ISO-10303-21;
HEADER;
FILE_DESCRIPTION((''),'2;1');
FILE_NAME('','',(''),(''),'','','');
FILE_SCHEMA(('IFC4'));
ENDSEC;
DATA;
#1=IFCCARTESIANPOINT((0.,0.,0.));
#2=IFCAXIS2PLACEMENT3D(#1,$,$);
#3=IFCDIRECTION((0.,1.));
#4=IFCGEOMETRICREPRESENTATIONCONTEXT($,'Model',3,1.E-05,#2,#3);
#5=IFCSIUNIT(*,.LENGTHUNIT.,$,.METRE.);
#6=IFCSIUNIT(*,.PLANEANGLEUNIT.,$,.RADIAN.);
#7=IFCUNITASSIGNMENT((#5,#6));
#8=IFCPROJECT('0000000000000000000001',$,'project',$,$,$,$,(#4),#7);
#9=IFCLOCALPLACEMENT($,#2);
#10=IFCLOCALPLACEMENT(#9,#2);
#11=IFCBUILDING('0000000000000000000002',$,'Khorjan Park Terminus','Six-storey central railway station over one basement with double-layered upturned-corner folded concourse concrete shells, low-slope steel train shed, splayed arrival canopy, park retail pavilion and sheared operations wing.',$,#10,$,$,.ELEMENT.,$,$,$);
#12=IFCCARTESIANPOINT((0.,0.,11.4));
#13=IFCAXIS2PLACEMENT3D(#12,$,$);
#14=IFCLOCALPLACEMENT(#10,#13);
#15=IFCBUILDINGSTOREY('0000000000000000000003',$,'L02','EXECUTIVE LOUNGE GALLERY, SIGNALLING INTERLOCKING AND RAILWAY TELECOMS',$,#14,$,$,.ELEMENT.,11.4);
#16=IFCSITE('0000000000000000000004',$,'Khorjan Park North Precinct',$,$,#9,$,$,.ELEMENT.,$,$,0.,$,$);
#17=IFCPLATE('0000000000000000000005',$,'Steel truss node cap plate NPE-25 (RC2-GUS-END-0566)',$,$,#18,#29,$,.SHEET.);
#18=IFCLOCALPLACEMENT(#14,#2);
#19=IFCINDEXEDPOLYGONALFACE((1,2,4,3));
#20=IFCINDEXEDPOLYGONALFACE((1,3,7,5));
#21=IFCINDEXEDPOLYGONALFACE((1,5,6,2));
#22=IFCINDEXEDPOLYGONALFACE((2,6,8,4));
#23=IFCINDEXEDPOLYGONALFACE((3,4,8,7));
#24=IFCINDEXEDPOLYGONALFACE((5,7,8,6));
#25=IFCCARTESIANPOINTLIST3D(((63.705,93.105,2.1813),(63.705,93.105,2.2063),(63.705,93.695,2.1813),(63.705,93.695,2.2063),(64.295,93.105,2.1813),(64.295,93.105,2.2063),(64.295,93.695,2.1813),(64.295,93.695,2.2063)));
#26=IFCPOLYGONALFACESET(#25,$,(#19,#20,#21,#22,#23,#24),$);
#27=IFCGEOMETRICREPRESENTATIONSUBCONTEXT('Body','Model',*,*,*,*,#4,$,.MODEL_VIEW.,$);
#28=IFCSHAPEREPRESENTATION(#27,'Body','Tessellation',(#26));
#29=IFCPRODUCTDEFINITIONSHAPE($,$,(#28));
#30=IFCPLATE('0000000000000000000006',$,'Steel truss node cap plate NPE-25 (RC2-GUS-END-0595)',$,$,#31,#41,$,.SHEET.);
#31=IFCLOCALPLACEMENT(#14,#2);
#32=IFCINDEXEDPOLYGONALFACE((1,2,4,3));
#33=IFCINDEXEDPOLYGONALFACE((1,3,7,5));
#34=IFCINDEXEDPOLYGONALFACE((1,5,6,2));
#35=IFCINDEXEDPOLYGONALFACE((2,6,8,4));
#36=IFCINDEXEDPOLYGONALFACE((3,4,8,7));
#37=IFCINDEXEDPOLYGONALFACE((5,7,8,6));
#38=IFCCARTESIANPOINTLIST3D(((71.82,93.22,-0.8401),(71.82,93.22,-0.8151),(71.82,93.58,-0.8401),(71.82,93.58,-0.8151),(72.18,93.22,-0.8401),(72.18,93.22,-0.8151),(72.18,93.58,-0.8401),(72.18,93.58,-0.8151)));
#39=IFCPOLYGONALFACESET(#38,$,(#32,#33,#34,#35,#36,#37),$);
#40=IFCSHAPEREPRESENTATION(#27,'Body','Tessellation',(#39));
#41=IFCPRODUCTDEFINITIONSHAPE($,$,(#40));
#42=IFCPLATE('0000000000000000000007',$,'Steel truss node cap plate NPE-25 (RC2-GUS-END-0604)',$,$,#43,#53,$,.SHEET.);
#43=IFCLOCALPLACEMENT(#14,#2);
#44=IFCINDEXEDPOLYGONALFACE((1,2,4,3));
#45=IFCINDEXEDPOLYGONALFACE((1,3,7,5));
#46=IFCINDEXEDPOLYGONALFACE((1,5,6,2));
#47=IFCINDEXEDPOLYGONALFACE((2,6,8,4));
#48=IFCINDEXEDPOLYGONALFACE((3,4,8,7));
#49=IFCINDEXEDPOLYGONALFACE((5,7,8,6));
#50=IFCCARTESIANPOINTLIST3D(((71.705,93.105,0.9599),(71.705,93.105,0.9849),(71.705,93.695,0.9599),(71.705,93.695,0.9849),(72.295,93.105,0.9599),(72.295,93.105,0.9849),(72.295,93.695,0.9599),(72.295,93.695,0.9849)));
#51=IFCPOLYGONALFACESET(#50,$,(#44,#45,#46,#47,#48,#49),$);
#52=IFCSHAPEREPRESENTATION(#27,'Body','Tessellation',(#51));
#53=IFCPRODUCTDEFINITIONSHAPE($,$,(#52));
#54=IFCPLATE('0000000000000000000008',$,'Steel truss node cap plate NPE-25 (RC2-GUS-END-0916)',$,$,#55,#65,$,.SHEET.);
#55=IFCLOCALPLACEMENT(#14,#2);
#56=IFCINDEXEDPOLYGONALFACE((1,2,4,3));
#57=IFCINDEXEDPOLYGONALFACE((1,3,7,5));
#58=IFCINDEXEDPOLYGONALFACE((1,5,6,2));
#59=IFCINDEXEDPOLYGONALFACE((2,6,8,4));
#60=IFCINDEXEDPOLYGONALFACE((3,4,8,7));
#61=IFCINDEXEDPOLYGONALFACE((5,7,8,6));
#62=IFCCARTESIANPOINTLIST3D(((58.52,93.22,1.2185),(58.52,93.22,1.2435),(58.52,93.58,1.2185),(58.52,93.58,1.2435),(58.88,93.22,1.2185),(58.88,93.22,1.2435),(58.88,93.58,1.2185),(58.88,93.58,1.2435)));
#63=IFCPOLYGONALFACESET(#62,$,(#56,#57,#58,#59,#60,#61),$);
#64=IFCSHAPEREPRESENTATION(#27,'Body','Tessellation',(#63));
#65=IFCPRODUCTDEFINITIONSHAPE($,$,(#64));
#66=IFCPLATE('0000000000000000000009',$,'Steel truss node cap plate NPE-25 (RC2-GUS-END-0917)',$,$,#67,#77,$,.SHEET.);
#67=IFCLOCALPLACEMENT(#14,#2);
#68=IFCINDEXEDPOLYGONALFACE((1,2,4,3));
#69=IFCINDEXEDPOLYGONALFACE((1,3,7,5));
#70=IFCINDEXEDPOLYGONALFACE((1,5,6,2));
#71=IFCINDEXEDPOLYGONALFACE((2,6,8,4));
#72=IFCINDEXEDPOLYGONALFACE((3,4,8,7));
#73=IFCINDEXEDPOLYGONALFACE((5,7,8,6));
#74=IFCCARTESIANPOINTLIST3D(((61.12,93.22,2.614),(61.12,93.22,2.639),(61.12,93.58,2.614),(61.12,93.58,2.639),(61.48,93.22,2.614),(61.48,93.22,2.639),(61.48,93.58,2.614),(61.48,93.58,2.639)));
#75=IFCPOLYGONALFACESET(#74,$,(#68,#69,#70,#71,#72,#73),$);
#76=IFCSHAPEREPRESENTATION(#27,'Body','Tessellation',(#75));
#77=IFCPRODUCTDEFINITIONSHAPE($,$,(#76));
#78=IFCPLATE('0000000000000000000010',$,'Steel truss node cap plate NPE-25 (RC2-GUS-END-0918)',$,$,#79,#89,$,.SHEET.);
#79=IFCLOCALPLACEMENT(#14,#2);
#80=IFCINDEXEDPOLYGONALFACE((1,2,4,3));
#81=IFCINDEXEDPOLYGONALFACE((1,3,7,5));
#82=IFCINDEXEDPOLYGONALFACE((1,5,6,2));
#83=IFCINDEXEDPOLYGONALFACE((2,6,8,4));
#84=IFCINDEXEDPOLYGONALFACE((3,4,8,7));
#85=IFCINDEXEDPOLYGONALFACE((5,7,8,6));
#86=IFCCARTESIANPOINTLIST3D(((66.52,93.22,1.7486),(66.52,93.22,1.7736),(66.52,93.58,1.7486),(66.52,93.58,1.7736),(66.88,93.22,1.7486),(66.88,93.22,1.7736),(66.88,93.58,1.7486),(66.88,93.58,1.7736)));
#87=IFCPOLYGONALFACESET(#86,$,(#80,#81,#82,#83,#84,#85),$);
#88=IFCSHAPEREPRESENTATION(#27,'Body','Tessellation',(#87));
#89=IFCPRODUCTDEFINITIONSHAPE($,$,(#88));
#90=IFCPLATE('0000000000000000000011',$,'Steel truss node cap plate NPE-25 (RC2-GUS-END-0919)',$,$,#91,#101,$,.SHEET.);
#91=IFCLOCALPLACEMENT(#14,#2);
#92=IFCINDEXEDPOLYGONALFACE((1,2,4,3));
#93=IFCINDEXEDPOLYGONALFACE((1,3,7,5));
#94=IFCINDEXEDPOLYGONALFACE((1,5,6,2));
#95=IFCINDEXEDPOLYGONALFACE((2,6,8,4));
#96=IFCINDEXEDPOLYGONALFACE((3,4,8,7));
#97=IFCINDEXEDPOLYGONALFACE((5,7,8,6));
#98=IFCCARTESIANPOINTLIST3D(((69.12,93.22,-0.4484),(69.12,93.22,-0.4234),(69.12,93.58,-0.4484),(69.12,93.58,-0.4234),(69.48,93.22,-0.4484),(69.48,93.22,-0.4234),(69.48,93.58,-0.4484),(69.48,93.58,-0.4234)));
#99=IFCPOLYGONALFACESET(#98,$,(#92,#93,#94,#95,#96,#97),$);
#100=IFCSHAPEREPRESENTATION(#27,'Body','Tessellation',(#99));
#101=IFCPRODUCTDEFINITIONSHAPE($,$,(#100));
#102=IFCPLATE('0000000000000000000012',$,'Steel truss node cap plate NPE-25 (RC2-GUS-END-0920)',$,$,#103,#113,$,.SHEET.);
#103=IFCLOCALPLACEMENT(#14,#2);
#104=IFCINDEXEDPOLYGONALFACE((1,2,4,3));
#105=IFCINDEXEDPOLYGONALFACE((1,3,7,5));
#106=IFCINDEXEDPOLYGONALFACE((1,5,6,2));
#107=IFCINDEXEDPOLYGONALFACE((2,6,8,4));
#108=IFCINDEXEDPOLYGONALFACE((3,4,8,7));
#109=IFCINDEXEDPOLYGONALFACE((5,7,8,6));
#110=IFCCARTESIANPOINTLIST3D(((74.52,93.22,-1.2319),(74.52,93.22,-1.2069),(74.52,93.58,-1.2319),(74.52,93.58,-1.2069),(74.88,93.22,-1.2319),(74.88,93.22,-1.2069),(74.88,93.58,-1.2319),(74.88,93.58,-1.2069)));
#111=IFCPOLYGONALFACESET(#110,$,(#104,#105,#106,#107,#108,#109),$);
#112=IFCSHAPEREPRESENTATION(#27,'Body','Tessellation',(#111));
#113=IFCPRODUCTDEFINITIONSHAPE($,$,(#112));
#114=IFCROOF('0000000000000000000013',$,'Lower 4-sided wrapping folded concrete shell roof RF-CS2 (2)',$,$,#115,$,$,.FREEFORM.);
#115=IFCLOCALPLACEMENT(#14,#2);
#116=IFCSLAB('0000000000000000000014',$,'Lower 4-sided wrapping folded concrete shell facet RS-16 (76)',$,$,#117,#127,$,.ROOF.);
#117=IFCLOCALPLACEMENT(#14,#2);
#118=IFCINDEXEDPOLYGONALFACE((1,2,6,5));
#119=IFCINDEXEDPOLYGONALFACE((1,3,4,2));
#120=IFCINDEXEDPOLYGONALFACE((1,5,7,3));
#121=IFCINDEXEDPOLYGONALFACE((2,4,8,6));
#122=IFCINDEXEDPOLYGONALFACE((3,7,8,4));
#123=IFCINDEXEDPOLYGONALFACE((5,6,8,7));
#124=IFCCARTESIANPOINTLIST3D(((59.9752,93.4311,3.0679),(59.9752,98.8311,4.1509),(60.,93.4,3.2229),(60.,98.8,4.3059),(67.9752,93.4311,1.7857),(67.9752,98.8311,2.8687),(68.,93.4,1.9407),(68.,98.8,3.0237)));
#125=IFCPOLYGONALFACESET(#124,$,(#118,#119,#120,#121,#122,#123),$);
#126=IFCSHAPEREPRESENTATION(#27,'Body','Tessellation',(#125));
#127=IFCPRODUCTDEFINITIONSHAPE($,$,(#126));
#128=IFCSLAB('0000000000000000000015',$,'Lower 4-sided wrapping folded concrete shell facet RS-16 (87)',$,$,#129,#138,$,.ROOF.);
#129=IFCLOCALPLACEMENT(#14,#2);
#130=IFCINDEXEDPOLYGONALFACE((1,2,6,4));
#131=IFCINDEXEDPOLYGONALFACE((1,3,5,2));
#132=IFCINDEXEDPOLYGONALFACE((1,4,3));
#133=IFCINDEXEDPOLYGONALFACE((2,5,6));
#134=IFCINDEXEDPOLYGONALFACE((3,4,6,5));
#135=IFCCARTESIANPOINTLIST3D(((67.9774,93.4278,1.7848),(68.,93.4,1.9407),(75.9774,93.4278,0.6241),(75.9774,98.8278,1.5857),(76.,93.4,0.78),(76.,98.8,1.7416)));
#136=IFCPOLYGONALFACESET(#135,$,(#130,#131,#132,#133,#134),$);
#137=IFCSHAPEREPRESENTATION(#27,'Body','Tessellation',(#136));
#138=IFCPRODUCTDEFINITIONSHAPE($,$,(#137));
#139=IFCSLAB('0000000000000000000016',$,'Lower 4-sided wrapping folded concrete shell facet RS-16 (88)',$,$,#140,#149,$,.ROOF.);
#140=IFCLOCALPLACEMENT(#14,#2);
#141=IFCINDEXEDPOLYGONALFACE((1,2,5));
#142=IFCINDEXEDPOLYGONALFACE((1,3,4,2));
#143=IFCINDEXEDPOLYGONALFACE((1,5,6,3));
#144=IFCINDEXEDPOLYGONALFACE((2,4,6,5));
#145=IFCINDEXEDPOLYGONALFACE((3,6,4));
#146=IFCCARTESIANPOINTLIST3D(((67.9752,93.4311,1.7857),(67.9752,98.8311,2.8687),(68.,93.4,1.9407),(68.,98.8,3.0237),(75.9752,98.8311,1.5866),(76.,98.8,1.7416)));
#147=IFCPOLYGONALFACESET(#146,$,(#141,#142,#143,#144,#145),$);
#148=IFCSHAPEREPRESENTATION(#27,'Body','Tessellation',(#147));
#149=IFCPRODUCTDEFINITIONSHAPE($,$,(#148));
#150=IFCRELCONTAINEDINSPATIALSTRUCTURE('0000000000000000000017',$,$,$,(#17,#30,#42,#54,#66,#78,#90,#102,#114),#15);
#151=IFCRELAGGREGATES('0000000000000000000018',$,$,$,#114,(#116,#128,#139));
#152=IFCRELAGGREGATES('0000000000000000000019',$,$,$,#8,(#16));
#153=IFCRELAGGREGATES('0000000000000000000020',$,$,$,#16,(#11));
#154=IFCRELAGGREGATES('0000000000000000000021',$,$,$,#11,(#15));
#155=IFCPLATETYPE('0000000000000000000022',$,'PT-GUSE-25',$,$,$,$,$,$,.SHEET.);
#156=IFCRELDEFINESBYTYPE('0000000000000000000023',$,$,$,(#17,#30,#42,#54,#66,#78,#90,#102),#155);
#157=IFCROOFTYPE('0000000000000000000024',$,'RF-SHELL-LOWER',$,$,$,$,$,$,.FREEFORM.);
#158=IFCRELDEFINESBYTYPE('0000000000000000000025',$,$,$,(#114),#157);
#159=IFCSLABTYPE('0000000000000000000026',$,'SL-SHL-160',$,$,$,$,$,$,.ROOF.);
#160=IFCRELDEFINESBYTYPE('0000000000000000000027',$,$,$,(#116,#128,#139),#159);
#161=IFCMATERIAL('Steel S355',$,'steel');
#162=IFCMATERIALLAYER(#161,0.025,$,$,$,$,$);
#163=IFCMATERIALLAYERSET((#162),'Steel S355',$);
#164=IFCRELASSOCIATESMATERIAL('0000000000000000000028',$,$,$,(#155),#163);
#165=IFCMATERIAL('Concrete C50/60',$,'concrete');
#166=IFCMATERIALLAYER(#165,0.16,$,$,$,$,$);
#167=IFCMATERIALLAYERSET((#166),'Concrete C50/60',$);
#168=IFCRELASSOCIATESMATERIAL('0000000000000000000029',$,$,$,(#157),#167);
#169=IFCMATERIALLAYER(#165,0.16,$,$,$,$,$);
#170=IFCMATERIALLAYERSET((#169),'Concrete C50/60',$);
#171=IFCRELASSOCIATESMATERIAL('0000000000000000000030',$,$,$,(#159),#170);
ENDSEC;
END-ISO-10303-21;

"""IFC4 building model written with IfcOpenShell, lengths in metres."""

from ifc_helpers import new_model, si_unit, direction, frame, origin, origin_2d, place, context, subcontext, project, spatial, polyline, rectangle, outline, extrude, material, layer, layer_set, type_object, element, aggregate, save


model = new_model("IFC4")

# Units and contexts
model_context = context("Model", 3, precision=1e-05, world=origin(), true_north=direction((0.0, 1.0)))
body_context = subcontext(model_context, "Body", "Model", "MODEL_VIEW")
ifc_project = project(units=[si_unit("LENGTHUNIT", "METRE"), si_unit("PLANEANGLEUNIT", "RADIAN")], contexts=[model_context])

# Site, building, storey
site_placement = place(None, origin())
site = spatial("IfcSite", under=ifc_project, at=site_placement, Name="Khorjan Park North Precinct", CompositionType="ELEMENT", RefElevation=0.0)
building_placement = place(site_placement, origin())
building = spatial("IfcBuilding", under=site, at=building_placement, Name="Khorjan Park Terminus", Description="Six-storey central railway station over one basement with double-layered upturned-corner folded concourse concrete shells, low-slope steel train shed, splayed arrival canopy, park retail pavilion and sheared operations wing.", CompositionType="ELEMENT")
storey_placement = place(building_placement, frame((0.0, 0.0, 11.4)))
storey = spatial("IfcBuildingStorey", under=building, at=storey_placement, Name="L02", Description="EXECUTIVE LOUNGE GALLERY, SIGNALLING INTERLOCKING AND RAILWAY TELECOMS", CompositionType="ELEMENT", Elevation=11.4)

# Shared definitions
ifc_material_1 = material(Name="Steel S355", Category="steel")

# Plates
ifc_layer_1 = layer(ifc_material_1, 0.025)
ifc_layer_set_1 = layer_set([ifc_layer_1], Name="Steel S355")
plate_type = type_object("IfcPlateType", Name="PT-GUSE-25", PredefinedType="SHEET", material=ifc_layer_set_1)
plate_1_placement = place(storey_placement, frame((64.0, 93.4, 2.1813), z_axis=(0.0, 0.0, 1.0), x_axis=(1.0, 0.0, 0.0)))
element("IfcPlate", 1, at=plate_1_placement, inside=storey, type_object=plate_type, Name="Steel truss node cap plate NPE-25 (RC2-GUS-END-0566)", PredefinedType="SHEET", context=body_context, shape_type="SweptSolid", body=[
    extrude(rectangle(XDim=0.59, YDim=0.59, at=origin_2d()), origin(), (0.0, 0.0, 1.0), 0.025),
])
plate_2_placement = place(storey_placement, frame((72.0, 93.4, -0.8401), z_axis=(0.0, 0.0, 1.0), x_axis=(1.0, 0.0, 0.0)))
element("IfcPlate", 2, at=plate_2_placement, inside=storey, type_object=plate_type, Name="Steel truss node cap plate NPE-25 (RC2-GUS-END-0595)", PredefinedType="SHEET", context=body_context, shape_type="SweptSolid", body=[
    extrude(rectangle(XDim=0.36, YDim=0.36, at=origin_2d()), origin(), (0.0, 0.0, 1.0), 0.025),
])
plate_3_placement = place(storey_placement, frame((72.0, 93.4, 0.9599), z_axis=(0.0, 0.0, 1.0), x_axis=(1.0, 0.0, 0.0)))
element("IfcPlate", 3, at=plate_3_placement, inside=storey, type_object=plate_type, Name="Steel truss node cap plate NPE-25 (RC2-GUS-END-0604)", PredefinedType="SHEET", context=body_context, shape_type="SweptSolid", body=[
    extrude(rectangle(XDim=0.59, YDim=0.59, at=origin_2d()), origin(), (0.0, 0.0, 1.0), 0.025),
])
for number, where, z_axis, x_axis, name in (
    (4, (58.7, 93.4, 1.2185), (0.0, 0.0, 1.0), (1.0, 0.0, 0.0), "Steel truss node cap plate NPE-25 (RC2-GUS-END-0916)"),
    (5, (61.3, 93.4, 2.614), (0.0, 0.0, 1.0), (1.0, 0.0, 0.0), "Steel truss node cap plate NPE-25 (RC2-GUS-END-0917)"),
    (6, (66.7, 93.4, 1.7486), (0.0, 0.0, 1.0), (1.0, 0.0, 0.0), "Steel truss node cap plate NPE-25 (RC2-GUS-END-0918)"),
    (7, (69.3, 93.4, -0.4484), (0.0, 0.0, 1.0), (1.0, 0.0, 0.0), "Steel truss node cap plate NPE-25 (RC2-GUS-END-0919)"),
    (8, (74.7, 93.4, -1.2319), (0.0, 0.0, 1.0), (1.0, 0.0, 0.0), "Steel truss node cap plate NPE-25 (RC2-GUS-END-0920)"),
):
    element("IfcPlate", number, at=place(storey_placement, frame(where, z_axis=z_axis, x_axis=x_axis)), inside=storey, type_object=plate_type, Name=name, PredefinedType="SHEET", context=body_context, shape_type="SweptSolid", body=[
        extrude(rectangle(XDim=0.36, YDim=0.36, at=origin_2d()), origin(), (0.0, 0.0, 1.0), 0.025),
    ])

# Roof, slabs
ifc_material_2 = material(Name="Concrete C50/60", Category="concrete")
ifc_layer_2 = layer(ifc_material_2, 0.16)
ifc_layer_set_2 = layer_set([ifc_layer_2], Name="Concrete C50/60")
roof_type = type_object("IfcRoofType", Name="RF-SHELL-LOWER", PredefinedType="FREEFORM", material=ifc_layer_set_2)
roof_placement = place(storey_placement, origin())
roof = element("IfcRoof", 9, at=roof_placement, inside=storey, type_object=roof_type, Name="Lower 4-sided wrapping folded concrete shell roof RF-CS2 (2)", PredefinedType="FREEFORM")
ifc_layer_3 = layer(ifc_material_2, 0.16)
ifc_layer_set_3 = layer_set([ifc_layer_3], Name="Concrete C50/60")
slab_type = type_object("IfcSlabType", Name="SL-SHL-160", PredefinedType="ROOF", material=ifc_layer_set_3)
slab_1_placement = place(storey_placement, frame((60.0, 93.4, 3.2229), z_axis=(0.155241, -0.194256, 0.968589), x_axis=(0.987398, 0.0, -0.158255)))
slab_1 = element("IfcSlab", 10, at=slab_1_placement, type_object=slab_type, Name="Lower 4-sided wrapping folded concrete shell facet RS-16 (76)", PredefinedType="ROOF", context=body_context, shape_type="SweptSolid", body=[
    extrude(outline(polyline([(0.0, 0.0), (8.1021, 0.0), (7.9307, 5.5049), (-0.1714, 5.5049), (0.0, 0.0)])), origin(), (0.0, 0.0, -1.0), 0.16),
])
slab_2_placement = place(storey_placement, frame((68.0, 93.4, 1.9407), z_axis=(0.141405, -0.173554, 0.97462), x_axis=(0.989638, 0.0, -0.143584)))
slab_2 = element("IfcSlab", 11, at=slab_2_placement, type_object=slab_type, Name="Lower 4-sided wrapping folded concrete shell facet RS-16 (87)", PredefinedType="ROOF", context=body_context, shape_type="SweptSolid", body=[
    extrude(outline(polyline([(0.0, 0.0), (8.0838, 0.0), (7.9457, 5.4832), (0.0, 0.0)])), origin(), (0.0, 0.0, -1.0), 0.16),
])
slab_3_placement = place(storey_placement, frame((68.0, 93.4, 1.9407), z_axis=(0.155229, -0.194256, 0.968591), x_axis=(0.828672, 0.559354, -0.020624)))
slab_3 = element("IfcSlab", 12, at=slab_3_placement, type_object=slab_type, Name="Lower 4-sided wrapping folded concrete shell facet RS-16 (88)", PredefinedType="ROOF", context=body_context, shape_type="SweptSolid", body=[
    extrude(outline(polyline([(0.0, 0.0), (9.654, 0.0), (2.9982, 4.6199), (0.0, 0.0)])), origin(), (0.0, 0.0, -1.0), 0.16),
])
aggregate(roof, [slab_1, slab_2, slab_3])

save(model, "model.ifc")
